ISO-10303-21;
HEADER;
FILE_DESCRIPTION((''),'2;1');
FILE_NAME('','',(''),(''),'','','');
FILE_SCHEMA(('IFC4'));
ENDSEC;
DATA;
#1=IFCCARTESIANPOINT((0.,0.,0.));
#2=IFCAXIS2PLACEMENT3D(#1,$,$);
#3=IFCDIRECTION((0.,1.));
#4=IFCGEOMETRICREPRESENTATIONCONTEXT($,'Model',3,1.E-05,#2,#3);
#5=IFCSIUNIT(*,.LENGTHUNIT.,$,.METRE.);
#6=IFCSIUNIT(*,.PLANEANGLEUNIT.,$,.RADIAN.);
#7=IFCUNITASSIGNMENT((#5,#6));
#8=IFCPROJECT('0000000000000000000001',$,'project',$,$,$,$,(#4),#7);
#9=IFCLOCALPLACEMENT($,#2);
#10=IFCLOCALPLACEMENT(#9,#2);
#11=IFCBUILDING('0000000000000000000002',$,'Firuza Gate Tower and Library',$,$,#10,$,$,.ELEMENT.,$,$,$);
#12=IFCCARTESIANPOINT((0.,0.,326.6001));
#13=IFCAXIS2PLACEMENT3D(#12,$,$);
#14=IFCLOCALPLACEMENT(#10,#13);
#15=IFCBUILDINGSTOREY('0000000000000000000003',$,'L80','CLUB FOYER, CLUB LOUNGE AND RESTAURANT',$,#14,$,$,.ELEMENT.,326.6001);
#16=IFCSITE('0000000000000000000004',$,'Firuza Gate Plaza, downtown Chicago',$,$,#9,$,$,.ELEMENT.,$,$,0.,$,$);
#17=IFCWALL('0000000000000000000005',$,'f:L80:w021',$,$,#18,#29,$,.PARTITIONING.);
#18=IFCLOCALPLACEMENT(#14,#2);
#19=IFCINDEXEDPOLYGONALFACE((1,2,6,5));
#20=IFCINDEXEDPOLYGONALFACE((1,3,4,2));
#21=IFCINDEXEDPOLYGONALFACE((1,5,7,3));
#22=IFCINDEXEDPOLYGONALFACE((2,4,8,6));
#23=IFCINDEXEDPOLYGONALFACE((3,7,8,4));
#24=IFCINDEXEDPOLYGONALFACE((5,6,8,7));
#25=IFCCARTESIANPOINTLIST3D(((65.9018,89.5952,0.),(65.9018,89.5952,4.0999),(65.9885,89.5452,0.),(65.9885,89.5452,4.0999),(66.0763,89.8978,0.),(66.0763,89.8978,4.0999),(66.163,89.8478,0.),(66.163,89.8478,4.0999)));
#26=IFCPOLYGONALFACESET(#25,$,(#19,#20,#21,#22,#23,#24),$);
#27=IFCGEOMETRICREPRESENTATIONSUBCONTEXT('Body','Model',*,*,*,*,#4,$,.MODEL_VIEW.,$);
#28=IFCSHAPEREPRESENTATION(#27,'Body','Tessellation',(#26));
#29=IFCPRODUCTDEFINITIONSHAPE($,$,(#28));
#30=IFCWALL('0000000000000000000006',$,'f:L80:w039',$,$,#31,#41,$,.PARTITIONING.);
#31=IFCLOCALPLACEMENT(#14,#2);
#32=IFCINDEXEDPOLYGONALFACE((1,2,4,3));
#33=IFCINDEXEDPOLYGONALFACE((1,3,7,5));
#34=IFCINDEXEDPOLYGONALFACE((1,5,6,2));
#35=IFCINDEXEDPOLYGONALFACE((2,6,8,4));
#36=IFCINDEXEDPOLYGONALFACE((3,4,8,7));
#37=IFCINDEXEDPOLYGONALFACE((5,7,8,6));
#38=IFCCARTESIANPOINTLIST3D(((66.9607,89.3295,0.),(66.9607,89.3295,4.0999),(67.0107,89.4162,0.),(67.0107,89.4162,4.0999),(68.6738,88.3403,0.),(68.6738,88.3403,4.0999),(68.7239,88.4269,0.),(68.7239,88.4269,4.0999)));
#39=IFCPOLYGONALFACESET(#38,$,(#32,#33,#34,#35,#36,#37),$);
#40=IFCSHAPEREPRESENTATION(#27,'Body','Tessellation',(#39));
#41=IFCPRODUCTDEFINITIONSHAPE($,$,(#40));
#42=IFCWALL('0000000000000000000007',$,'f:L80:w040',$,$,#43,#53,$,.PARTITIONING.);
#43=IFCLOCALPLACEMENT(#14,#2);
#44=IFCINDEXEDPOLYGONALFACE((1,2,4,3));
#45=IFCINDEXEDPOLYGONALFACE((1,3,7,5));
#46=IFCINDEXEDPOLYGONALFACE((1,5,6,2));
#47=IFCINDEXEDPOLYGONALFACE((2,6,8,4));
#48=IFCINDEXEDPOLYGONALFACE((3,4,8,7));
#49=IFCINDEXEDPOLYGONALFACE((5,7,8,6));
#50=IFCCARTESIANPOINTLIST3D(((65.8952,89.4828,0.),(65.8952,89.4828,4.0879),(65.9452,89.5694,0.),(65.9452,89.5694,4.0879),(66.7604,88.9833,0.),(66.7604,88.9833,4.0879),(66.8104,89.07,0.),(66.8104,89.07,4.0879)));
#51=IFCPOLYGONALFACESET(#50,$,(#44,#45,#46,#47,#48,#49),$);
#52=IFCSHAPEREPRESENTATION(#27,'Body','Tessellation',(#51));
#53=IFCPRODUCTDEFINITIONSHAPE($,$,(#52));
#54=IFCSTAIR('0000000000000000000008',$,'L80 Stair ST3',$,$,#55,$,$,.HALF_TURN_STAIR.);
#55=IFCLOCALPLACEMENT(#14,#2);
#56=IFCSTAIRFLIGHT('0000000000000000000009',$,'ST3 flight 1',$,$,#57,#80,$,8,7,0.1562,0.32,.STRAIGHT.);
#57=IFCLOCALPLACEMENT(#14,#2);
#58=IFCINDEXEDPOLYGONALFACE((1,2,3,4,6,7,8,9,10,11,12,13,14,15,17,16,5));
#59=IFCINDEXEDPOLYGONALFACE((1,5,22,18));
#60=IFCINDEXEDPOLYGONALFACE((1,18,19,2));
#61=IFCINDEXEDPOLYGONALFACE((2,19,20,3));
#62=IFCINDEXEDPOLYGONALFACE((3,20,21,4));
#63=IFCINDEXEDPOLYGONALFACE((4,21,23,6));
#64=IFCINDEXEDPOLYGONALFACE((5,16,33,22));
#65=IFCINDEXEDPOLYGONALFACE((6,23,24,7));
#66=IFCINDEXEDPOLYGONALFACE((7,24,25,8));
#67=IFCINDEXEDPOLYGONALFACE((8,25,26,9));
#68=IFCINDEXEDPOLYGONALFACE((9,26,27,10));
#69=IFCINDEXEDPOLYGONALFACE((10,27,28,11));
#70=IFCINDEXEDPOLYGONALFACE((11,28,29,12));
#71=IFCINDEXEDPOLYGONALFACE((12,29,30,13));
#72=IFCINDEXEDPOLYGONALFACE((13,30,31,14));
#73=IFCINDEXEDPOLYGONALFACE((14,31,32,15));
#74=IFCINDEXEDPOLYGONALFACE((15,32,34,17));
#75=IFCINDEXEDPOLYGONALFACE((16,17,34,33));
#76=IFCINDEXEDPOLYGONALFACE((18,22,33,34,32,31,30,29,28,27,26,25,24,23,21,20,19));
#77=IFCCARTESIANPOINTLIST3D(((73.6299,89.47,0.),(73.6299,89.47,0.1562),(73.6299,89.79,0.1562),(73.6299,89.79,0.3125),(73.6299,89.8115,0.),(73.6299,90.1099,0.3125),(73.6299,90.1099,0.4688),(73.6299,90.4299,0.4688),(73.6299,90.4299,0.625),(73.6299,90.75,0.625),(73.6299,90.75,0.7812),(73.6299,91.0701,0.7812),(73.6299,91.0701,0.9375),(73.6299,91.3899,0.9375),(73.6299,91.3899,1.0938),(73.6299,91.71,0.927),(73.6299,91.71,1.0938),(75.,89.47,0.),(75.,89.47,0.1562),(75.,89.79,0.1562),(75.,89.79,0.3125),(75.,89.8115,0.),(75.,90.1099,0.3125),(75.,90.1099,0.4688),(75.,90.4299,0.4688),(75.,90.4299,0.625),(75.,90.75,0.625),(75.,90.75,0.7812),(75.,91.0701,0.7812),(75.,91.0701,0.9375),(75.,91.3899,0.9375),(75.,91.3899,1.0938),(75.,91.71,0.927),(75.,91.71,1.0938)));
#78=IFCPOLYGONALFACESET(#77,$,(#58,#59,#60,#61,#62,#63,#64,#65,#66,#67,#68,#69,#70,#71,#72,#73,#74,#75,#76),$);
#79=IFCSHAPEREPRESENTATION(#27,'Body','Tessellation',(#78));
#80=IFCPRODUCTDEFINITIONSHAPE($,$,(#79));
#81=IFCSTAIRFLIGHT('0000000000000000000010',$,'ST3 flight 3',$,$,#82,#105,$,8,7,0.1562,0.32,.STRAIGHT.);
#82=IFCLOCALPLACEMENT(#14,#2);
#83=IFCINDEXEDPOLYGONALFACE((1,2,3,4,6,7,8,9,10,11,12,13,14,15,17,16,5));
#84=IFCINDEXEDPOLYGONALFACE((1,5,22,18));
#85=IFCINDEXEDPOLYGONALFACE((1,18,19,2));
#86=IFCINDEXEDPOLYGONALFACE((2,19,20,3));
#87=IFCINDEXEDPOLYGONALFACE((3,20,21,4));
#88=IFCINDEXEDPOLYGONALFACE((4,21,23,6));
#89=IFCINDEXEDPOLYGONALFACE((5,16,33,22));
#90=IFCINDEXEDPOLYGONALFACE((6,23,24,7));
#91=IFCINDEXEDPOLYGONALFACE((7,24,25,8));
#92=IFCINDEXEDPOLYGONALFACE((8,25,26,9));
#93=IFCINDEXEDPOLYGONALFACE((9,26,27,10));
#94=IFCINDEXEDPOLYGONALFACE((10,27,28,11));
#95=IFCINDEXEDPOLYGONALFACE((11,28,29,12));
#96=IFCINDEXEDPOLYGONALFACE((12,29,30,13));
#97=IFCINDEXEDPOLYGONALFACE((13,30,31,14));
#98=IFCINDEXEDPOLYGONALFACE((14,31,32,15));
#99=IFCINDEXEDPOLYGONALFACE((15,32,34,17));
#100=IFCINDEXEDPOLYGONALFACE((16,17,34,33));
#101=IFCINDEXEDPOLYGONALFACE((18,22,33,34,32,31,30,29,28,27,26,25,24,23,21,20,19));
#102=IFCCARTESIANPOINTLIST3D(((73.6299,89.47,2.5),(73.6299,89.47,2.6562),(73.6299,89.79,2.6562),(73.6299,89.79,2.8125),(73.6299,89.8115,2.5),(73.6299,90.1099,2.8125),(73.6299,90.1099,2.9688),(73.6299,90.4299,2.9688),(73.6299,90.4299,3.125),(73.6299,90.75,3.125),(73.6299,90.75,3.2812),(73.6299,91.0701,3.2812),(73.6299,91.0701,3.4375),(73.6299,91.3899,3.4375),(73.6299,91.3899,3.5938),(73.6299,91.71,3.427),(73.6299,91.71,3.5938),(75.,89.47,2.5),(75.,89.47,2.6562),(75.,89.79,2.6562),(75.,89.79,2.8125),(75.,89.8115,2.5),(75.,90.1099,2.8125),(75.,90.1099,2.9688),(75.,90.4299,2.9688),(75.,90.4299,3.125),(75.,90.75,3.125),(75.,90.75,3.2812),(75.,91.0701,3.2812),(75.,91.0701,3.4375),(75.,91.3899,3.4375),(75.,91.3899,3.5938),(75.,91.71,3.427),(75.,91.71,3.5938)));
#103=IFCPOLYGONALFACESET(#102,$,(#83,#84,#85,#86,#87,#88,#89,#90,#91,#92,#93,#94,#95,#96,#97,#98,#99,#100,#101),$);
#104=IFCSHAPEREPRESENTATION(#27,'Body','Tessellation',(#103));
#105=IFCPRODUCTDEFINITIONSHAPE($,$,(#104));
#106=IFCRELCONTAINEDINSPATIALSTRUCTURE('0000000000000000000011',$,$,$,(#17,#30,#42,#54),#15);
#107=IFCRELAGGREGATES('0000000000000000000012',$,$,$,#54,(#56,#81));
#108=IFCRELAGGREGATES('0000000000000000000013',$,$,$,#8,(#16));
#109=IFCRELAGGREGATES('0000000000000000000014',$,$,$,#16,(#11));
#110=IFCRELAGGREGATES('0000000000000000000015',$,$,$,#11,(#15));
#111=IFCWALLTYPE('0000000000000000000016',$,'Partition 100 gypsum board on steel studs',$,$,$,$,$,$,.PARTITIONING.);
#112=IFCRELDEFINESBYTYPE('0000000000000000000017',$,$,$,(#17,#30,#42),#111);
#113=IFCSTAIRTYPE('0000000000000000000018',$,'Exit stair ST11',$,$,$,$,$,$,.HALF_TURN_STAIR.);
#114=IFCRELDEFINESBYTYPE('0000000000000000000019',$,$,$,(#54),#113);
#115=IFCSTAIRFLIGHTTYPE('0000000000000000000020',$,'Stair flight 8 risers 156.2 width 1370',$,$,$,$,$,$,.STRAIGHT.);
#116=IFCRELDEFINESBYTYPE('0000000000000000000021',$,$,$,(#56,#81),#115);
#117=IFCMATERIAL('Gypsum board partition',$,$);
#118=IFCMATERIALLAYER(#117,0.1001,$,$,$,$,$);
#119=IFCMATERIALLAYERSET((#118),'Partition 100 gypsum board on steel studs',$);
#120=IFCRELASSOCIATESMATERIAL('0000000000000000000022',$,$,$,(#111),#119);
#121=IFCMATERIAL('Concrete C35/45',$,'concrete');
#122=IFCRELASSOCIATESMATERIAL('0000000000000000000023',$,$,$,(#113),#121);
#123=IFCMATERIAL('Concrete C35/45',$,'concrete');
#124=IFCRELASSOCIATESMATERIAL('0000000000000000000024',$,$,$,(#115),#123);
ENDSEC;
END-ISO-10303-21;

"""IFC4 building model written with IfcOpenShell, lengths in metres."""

from ifc_helpers import new_model, si_unit, direction, frame, frame_2d, origin, place, context, subcontext, project, spatial, polyline, rectangle, outline, extrude, material, layer, layer_set, type_object, element, aggregate, save


model = new_model("IFC4")

# Units and contexts
model_context = context("Model", 3, precision=1e-05, world=origin(), true_north=direction((0.0, 1.0)))
body_context = subcontext(model_context, "Body", "Model", "MODEL_VIEW")
ifc_project = project(units=[si_unit("LENGTHUNIT", "METRE"), si_unit("PLANEANGLEUNIT", "RADIAN")], contexts=[model_context])

# Site, building, storey
site_placement = place(None, origin())
site = spatial("IfcSite", under=ifc_project, at=site_placement, Name="Firuza Gate Plaza, downtown Chicago", CompositionType="ELEMENT", RefElevation=0.0)
building_placement = place(site_placement, origin())
building = spatial("IfcBuilding", under=site, at=building_placement, Name="Firuza Gate Tower and Library", CompositionType="ELEMENT")
storey_placement = place(building_placement, frame((0.0, 0.0, 326.6001)))
storey = spatial("IfcBuildingStorey", under=building, at=storey_placement, Name="L80", Description="CLUB FOYER, CLUB LOUNGE AND RESTAURANT", CompositionType="ELEMENT", Elevation=326.6001)

# Shared definitions
placement = place(storey_placement, origin())

# Walls
ifc_material_1 = material(Name="Gypsum board partition")
ifc_layer_1 = layer(ifc_material_1, 0.1001)
ifc_layer_set_1 = layer_set([ifc_layer_1], Name="Partition 100 gypsum board on steel studs")
wall_type_1 = type_object("IfcWallType", Name="Partition 100 gypsum board on steel studs", PredefinedType="PARTITIONING", material=ifc_layer_set_1)
wall_1_placement = place(storey_placement, frame((65.9451, 89.5701, 0.0), z_axis=(0.0, 0.0, 1.0), x_axis=(0.499521, 0.866302, 0.0)))
element("IfcWall", 1, at=wall_1_placement, inside=storey, type_object=wall_type_1, Name="f:L80:w021", PredefinedType="PARTITIONING", context=body_context, shape_type="SweptSolid", body=[
    extrude(rectangle(XDim=0.3494, YDim=0.1001, at=frame_2d((0.1748, 0.0))), origin(), (0.0, 0.0, 1.0), 4.0999),
])
wall_2_placement = place(storey_placement, frame((68.699, 88.3835, 0.0), z_axis=(0.0, 0.0, 1.0), x_axis=(-0.865986, 0.500068, 0.0)))
element("IfcWall", 2, at=wall_2_placement, inside=storey, type_object=wall_type_1, Name="f:L80:w039", PredefinedType="PARTITIONING", context=body_context, shape_type="SweptSolid", body=[
    extrude(rectangle(XDim=1.9783, YDim=0.1001, at=frame_2d((0.9893, 0.0))), origin(), (0.0, 0.0, 1.0), 4.0999),
])
wall_3_placement = place(storey_placement, frame((66.7854, 89.0266, 0.0), z_axis=(0.0, 0.0, 1.0), x_axis=(-0.866039, 0.499976, 0.0)))
element("IfcWall", 3, at=wall_3_placement, inside=storey, type_object=wall_type_1, Name="f:L80:w040", PredefinedType="PARTITIONING", context=body_context, shape_type="SweptSolid", body=[
    extrude(rectangle(XDim=0.999, YDim=0.1001, at=frame_2d((0.4995, 0.0))), origin(), (0.0, 0.0, 1.0), 4.0879),
])

# Stair, stair flights
ifc_material_2 = material(Name="Concrete C35/45", Category="concrete")
stair_type = type_object("IfcStairType", Name="Exit stair ST11", PredefinedType="HALF_TURN_STAIR", material=ifc_material_2)
stair = element("IfcStair", 4, at=placement, inside=storey, type_object=stair_type, Name="L80 Stair ST3", PredefinedType="HALF_TURN_STAIR")
ifc_material_3 = material(Name="Concrete C35/45", Category="concrete")
stair_flight_type = type_object("IfcStairFlightType", Name="Stair flight 8 risers 156.2 width 1370", PredefinedType="STRAIGHT", material=ifc_material_3)
stair_flight_1_placement = place(storey_placement, frame((74.3149, 89.47, 0.0), z_axis=(0.0, 0.0, 1.0), x_axis=(0.0, 1.0, 0.0)))
stair_flight_1 = element("IfcStairFlight", 5, at=stair_flight_1_placement, type_object=stair_flight_type, Name="ST3 flight 1", NumberOfRisers=8, NumberOfTreads=7, PredefinedType="STRAIGHT", RiserHeight=0.1562, TreadLength=0.32, context=body_context, shape_type="SweptSolid", body=[
    extrude(outline(polyline([(0.0, 0.0), (0.0, 0.1562), (0.3201, 0.1562), (0.3201, 0.3125), (0.6399, 0.3125), (0.6399, 0.4688), (0.96, 0.4688), (0.96, 0.625), (1.28, 0.625), (1.28, 0.7812), (1.6001, 0.7812), (1.6001, 0.9375), (1.9199, 0.9375), (1.9199, 1.0938), (2.24, 1.0938), (2.24, 1.25), (2.24, 0.927), (0.3416, 0.0), (0.0, 0.0)])), frame((0.0, 0.6851, 0.0), z_axis=(0.0, -1.0, 0.0), x_axis=(1.0, 0.0, 0.0)), (0.0, 0.0, 1.0), 1.3701),
])
stair_flight_2_placement = place(storey_placement, frame((74.3149, 89.47, 2.5), z_axis=(0.0, 0.0, 1.0), x_axis=(0.0, 1.0, 0.0)))
stair_flight_2 = element("IfcStairFlight", 6, at=stair_flight_2_placement, type_object=stair_flight_type, Name="ST3 flight 3", NumberOfRisers=8, NumberOfTreads=7, PredefinedType="STRAIGHT", RiserHeight=0.1562, TreadLength=0.32, context=body_context, shape_type="SweptSolid", body=[
    extrude(outline(polyline([(0.0, 0.0), (0.0, 0.1562), (0.3201, 0.1562), (0.3201, 0.3125), (0.6399, 0.3125), (0.6399, 0.4688), (0.96, 0.4688), (0.96, 0.625), (1.28, 0.625), (1.28, 0.7812), (1.6001, 0.7812), (1.6001, 0.9375), (1.9199, 0.9375), (1.9199, 1.0938), (2.24, 1.0938), (2.24, 1.25), (2.24, 0.927), (0.3416, 0.0), (0.0, 0.0)])), frame((0.0, 0.6851, 0.0), z_axis=(0.0, -1.0, 0.0), x_axis=(1.0, 0.0, 0.0)), (0.0, 0.0, 1.0), 1.3701),
])
aggregate(stair, [stair_flight_1, stair_flight_2])

save(model, "model.ifc")
